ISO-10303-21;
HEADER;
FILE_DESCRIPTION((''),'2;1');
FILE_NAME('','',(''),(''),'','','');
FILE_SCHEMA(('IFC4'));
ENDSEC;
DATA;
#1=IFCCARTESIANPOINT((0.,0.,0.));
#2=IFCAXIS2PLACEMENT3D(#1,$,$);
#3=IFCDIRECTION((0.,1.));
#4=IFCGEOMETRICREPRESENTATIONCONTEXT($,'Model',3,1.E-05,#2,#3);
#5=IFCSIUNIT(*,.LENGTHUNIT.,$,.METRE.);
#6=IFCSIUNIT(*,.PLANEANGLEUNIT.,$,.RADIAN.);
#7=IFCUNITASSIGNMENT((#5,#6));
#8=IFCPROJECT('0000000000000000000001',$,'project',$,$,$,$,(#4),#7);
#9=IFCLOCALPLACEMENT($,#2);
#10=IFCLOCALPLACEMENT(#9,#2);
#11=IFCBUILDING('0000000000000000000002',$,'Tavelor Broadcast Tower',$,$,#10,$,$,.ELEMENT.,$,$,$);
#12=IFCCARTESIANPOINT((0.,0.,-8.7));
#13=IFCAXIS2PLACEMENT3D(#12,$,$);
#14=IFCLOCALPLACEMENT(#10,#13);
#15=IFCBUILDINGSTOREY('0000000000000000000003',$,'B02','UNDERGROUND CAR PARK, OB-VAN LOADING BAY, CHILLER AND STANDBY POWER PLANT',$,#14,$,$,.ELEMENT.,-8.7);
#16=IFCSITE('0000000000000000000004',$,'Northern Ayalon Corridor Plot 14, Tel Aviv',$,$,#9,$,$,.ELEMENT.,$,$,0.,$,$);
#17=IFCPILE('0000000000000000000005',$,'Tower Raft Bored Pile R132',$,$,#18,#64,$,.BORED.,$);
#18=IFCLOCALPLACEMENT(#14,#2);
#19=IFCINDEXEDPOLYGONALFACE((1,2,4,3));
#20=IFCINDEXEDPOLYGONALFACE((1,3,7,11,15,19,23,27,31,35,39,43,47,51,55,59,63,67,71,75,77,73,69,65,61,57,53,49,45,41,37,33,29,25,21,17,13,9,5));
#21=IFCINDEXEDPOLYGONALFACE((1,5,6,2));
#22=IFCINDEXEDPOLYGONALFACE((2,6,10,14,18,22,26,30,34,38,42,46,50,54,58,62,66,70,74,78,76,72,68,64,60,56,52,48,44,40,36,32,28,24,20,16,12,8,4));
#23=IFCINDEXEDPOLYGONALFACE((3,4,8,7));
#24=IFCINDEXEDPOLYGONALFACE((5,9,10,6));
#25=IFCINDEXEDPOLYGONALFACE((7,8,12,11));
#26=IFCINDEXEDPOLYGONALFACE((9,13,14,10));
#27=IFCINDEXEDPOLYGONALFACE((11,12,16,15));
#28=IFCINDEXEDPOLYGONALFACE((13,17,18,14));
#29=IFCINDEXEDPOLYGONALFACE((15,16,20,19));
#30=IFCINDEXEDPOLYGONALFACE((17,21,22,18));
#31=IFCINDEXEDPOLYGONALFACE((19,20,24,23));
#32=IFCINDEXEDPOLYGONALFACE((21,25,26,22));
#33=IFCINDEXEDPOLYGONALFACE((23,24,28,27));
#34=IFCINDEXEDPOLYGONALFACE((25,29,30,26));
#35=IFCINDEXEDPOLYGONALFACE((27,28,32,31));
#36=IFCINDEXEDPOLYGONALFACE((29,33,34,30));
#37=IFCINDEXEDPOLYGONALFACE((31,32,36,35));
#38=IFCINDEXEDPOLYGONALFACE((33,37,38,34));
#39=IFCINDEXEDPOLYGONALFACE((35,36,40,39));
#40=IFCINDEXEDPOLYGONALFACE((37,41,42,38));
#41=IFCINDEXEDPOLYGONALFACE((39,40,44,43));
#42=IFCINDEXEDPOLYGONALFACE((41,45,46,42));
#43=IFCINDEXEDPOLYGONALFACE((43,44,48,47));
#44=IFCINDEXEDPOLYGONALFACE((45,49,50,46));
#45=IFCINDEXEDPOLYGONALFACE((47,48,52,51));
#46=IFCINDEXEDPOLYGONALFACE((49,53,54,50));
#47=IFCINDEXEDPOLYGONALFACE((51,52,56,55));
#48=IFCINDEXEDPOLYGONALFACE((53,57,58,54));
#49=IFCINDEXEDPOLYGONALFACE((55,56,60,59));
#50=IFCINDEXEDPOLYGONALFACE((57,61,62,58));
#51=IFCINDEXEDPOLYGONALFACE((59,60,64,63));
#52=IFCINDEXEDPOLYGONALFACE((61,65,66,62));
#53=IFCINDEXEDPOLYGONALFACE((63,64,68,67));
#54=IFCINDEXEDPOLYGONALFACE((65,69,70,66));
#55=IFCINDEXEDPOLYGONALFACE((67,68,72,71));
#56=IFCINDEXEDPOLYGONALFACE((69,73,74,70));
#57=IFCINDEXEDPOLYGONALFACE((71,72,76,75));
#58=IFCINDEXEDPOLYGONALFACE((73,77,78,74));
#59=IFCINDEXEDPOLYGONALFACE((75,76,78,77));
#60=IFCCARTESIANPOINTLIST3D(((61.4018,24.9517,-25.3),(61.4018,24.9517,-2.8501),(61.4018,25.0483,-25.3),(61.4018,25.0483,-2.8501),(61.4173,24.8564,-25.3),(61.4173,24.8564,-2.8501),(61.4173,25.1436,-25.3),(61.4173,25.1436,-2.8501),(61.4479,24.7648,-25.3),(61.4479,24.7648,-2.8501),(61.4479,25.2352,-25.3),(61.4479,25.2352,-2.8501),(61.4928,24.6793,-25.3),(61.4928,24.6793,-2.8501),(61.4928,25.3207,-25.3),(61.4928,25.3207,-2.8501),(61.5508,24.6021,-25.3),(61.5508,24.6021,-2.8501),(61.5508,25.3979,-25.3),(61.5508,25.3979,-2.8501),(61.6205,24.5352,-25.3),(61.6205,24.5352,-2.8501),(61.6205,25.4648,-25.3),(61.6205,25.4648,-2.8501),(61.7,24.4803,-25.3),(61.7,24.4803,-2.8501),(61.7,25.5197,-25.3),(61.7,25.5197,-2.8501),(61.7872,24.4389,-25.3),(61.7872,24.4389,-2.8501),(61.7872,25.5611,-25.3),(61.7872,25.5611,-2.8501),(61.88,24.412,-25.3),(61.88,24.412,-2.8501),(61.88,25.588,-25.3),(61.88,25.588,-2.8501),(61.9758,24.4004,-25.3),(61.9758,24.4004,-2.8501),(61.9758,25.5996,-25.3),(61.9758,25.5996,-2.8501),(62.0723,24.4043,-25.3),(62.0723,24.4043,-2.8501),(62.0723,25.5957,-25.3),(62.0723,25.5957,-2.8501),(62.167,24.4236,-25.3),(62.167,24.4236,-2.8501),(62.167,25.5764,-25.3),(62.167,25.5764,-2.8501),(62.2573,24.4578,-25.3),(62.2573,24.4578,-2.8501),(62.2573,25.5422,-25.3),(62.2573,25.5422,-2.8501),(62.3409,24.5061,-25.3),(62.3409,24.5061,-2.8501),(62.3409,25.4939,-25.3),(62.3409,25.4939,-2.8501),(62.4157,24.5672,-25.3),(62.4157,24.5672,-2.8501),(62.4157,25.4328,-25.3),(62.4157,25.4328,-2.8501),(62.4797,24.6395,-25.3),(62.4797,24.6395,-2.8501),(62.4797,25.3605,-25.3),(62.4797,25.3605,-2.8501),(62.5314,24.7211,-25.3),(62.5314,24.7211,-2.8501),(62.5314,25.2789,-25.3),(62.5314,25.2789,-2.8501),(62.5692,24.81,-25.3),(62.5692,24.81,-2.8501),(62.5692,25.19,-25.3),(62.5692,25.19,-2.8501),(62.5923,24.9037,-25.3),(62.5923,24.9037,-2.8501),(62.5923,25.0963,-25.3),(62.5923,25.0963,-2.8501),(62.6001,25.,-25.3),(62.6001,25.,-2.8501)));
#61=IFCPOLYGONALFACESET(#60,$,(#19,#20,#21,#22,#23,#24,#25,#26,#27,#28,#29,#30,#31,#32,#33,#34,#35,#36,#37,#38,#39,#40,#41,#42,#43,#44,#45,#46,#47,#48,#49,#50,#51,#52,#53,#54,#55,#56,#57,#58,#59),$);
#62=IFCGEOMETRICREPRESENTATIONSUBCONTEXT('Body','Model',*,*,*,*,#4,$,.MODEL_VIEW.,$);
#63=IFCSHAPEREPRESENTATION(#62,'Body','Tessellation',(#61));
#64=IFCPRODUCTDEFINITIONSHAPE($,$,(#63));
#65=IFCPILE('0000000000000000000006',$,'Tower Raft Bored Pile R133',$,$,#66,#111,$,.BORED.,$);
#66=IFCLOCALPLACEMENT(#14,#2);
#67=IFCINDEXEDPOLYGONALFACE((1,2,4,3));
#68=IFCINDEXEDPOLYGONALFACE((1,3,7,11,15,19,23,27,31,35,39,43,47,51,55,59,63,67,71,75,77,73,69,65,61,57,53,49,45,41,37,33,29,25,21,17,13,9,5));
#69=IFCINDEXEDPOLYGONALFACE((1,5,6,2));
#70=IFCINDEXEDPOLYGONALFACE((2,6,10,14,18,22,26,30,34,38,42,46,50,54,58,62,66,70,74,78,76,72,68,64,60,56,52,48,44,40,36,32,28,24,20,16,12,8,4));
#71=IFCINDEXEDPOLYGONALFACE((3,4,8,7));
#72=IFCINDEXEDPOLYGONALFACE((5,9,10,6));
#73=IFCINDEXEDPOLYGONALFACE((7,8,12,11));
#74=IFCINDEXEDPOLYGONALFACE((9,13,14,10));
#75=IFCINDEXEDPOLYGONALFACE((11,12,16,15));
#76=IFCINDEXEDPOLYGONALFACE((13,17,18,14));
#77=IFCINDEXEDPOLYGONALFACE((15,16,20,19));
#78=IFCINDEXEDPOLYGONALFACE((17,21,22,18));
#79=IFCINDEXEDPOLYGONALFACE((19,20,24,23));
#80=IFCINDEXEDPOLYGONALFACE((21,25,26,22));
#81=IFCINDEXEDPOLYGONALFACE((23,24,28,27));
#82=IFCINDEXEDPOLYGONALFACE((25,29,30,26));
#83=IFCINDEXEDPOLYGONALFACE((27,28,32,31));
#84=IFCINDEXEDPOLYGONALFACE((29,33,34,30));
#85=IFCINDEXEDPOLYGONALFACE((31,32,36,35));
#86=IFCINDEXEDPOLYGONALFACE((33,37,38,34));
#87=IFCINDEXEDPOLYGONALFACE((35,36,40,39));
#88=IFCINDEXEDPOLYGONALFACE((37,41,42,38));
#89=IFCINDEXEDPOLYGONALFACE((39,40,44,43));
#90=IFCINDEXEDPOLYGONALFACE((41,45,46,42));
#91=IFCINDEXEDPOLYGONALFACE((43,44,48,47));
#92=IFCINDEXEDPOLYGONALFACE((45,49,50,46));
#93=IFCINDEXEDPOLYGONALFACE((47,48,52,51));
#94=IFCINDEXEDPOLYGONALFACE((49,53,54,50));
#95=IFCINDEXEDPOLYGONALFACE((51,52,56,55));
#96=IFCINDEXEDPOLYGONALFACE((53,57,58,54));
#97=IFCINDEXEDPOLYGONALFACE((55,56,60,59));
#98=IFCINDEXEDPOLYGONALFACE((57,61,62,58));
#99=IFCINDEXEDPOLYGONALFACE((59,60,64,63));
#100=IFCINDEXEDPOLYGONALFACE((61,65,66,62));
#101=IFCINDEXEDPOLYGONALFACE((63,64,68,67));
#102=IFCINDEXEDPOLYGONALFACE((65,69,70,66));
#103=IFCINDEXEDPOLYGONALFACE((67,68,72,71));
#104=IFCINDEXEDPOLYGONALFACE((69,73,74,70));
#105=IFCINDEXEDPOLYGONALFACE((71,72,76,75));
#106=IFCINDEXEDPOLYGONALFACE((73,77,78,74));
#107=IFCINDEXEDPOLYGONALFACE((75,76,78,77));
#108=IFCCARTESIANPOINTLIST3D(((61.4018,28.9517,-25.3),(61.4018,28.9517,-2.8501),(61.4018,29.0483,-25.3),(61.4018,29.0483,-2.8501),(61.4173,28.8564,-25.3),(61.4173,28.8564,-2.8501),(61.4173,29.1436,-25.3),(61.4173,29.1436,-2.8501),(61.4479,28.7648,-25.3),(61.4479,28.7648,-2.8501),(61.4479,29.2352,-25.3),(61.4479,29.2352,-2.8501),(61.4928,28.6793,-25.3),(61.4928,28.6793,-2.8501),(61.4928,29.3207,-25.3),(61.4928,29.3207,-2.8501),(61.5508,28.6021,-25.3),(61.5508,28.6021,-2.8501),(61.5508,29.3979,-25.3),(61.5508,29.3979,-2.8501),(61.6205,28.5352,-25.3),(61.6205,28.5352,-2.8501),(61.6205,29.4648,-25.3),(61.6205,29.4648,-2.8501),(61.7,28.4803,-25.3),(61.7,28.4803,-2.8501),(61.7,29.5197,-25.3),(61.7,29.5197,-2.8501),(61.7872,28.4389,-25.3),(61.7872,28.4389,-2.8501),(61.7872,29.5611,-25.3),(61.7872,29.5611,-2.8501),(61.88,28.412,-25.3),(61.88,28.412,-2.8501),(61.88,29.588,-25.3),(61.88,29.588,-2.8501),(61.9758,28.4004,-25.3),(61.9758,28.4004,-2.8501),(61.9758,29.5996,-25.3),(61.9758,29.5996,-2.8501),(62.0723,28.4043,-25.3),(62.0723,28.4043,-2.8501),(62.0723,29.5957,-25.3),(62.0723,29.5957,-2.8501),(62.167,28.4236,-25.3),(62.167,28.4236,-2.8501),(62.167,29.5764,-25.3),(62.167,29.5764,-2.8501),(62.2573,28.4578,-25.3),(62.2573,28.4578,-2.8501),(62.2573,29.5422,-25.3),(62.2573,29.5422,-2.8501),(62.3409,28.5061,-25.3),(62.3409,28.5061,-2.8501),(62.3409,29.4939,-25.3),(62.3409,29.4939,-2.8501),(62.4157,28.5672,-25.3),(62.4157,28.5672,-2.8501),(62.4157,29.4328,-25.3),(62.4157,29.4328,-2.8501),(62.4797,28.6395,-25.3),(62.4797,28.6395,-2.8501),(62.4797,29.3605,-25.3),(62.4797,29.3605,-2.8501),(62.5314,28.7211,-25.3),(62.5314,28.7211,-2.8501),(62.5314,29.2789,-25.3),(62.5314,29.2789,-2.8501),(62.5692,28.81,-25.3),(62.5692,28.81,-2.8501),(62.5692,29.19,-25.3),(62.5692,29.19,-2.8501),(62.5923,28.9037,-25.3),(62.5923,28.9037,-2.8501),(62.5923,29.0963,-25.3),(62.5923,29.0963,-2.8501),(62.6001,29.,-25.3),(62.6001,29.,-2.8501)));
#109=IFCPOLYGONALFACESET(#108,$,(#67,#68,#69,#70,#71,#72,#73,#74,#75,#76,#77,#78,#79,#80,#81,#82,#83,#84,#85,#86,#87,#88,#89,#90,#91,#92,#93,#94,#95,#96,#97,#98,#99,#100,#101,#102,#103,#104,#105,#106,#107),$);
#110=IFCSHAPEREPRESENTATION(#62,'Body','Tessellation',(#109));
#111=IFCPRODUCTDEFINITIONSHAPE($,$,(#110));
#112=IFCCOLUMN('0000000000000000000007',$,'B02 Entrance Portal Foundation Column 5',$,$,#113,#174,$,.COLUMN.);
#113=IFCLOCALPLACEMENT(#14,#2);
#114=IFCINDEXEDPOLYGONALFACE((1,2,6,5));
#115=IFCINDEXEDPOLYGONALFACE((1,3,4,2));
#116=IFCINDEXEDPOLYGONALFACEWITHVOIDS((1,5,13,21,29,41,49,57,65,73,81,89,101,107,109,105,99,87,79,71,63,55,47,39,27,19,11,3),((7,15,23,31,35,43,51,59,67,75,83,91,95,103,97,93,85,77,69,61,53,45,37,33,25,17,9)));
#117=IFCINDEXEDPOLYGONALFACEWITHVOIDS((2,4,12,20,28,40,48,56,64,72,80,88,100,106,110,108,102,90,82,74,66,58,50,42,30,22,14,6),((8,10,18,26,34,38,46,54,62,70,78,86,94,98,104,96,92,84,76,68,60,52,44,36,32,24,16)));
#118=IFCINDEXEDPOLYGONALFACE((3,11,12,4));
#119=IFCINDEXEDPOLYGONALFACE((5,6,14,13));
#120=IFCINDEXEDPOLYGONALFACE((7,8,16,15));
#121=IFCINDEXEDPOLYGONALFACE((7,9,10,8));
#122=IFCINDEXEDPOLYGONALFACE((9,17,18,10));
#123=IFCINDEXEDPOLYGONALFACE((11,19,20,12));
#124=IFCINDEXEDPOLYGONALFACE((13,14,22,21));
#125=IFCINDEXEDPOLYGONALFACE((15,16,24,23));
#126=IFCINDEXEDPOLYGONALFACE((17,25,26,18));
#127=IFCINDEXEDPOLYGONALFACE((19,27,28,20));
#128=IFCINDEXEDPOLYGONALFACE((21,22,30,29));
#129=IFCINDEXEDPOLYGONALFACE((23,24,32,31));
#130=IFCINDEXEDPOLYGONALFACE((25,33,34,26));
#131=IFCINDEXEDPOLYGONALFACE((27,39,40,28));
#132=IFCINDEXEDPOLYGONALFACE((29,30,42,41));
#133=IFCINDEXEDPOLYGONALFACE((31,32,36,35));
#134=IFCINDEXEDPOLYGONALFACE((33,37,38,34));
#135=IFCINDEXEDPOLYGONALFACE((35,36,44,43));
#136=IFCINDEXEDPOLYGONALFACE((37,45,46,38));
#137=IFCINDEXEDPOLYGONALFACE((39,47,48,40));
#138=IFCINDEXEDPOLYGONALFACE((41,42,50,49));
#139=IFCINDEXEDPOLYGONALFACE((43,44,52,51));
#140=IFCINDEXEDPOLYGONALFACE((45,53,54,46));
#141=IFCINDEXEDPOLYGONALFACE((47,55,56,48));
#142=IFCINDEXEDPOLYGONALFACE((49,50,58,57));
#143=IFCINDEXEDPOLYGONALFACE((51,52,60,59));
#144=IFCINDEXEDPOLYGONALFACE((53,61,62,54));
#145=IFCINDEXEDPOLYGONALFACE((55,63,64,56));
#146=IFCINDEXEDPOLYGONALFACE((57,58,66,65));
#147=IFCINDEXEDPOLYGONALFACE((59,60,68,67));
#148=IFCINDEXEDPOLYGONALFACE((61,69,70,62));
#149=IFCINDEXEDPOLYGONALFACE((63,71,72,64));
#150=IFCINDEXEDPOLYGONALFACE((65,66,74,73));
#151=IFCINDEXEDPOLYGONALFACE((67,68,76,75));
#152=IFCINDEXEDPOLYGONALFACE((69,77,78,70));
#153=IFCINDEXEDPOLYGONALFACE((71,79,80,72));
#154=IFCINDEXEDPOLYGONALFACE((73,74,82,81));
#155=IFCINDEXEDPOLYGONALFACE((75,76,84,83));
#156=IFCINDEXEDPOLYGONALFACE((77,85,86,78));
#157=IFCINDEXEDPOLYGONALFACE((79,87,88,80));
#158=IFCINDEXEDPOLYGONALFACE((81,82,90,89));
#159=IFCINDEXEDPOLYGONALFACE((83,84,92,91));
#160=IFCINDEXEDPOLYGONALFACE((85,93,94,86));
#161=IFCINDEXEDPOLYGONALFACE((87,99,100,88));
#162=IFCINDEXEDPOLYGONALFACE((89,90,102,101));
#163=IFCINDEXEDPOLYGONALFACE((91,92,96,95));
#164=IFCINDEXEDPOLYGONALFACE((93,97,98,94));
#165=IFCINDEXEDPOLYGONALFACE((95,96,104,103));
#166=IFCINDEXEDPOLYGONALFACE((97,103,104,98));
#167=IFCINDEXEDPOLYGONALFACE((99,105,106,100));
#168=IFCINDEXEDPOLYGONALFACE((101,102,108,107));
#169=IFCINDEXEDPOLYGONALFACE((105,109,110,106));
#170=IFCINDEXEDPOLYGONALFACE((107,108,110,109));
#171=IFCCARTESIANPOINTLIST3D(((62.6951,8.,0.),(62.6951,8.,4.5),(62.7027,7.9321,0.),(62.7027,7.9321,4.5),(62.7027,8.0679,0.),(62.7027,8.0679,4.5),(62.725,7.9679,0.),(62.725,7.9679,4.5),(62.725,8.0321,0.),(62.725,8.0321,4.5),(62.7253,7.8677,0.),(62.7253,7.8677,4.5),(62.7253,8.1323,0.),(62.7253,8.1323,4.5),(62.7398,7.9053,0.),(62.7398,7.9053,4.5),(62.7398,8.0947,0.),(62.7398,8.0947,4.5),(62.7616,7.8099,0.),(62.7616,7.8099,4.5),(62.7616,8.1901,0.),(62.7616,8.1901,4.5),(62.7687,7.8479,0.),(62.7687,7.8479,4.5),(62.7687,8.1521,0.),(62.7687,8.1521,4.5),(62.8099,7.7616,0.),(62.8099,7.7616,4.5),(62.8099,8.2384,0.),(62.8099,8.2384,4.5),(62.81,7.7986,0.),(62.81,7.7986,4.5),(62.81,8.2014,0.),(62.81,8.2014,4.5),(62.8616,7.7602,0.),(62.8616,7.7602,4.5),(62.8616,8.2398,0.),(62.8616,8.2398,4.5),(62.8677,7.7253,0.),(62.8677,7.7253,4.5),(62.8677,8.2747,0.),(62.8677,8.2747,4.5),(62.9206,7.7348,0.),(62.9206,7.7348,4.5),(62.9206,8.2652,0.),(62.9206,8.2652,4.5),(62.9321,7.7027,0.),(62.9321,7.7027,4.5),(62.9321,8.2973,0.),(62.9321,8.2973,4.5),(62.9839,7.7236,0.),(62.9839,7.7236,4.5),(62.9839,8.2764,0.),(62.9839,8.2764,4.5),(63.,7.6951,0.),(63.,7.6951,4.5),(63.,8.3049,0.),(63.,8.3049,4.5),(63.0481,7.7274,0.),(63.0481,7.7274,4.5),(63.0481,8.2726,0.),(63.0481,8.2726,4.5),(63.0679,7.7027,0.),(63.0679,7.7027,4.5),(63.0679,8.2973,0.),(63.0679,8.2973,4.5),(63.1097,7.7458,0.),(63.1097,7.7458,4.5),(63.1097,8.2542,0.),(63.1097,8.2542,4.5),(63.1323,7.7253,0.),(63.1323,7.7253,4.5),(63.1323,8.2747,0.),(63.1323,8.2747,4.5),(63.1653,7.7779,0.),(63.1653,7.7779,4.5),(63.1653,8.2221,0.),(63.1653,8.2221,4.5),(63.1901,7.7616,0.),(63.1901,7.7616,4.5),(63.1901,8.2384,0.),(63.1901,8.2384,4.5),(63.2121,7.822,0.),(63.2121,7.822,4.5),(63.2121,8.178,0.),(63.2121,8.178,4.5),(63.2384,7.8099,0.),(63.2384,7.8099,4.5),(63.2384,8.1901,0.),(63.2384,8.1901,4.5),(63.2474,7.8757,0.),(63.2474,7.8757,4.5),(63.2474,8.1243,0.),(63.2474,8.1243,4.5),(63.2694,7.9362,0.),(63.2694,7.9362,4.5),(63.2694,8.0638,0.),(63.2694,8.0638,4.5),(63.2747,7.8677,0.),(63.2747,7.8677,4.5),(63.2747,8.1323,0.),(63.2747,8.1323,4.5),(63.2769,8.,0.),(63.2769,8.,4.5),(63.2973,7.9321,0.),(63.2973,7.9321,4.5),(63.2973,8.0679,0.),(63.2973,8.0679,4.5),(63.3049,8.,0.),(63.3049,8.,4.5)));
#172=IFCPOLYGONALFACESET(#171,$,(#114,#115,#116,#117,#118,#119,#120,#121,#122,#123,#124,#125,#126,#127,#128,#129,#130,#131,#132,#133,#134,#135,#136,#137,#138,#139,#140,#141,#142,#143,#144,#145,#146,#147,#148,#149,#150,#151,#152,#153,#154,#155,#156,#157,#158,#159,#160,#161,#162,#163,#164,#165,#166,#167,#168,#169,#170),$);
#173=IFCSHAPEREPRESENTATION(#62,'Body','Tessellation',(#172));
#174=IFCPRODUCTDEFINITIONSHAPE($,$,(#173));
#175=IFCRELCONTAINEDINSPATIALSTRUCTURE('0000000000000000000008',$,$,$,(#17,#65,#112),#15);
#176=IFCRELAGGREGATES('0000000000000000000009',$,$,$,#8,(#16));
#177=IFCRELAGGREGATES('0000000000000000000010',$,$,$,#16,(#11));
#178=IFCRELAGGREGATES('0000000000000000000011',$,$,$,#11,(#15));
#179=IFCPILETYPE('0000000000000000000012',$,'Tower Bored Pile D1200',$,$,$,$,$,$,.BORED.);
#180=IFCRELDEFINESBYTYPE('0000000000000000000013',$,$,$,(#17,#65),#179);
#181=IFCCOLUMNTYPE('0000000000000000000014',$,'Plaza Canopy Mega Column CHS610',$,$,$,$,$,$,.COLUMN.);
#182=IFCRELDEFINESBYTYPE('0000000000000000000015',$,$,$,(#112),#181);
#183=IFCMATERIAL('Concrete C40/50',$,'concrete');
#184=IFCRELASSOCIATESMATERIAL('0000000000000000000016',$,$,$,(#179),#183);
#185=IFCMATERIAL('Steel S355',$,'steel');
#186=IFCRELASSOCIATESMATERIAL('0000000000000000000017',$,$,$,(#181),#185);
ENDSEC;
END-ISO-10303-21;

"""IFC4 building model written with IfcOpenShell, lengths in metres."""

from ifc_helpers import new_model, si_unit, direction, frame, origin, origin_2d, place, context, subcontext, project, spatial, circle, hollow_circle, extrude, material, material_profile, profile_set, type_object, element, save


model = new_model("IFC4")

# Units and contexts
model_context = context("Model", 3, precision=1e-05, world=origin(), true_north=direction((0.0, 1.0)))
body_context = subcontext(model_context, "Body", "Model", "MODEL_VIEW")
ifc_project = project(units=[si_unit("LENGTHUNIT", "METRE"), si_unit("PLANEANGLEUNIT", "RADIAN")], contexts=[model_context])

# Site, building, storey
site_placement = place(None, origin())
site = spatial("IfcSite", under=ifc_project, at=site_placement, Name="Northern Ayalon Corridor Plot 14, Tel Aviv", CompositionType="ELEMENT", RefElevation=0.0)
building_placement = place(site_placement, origin())
building = spatial("IfcBuilding", under=site, at=building_placement, Name="Tavelor Broadcast Tower", CompositionType="ELEMENT")
storey_placement = place(building_placement, frame((0.0, 0.0, -8.7)))
storey = spatial("IfcBuildingStorey", under=building, at=storey_placement, Name="B02", Description="UNDERGROUND CAR PARK, OB-VAN LOADING BAY, CHILLER AND STANDBY POWER PLANT", CompositionType="ELEMENT", Elevation=-8.7)

# Shared definitions
ifc_material_1 = material(Name="Concrete C40/50", Category="concrete")

# Piles
ifc_material_profile_1 = material_profile(ifc_material_1, circle(Radius=0.6001, at=origin_2d()), Name="PILE D1200")
ifc_profile_set_1 = profile_set([ifc_material_profile_1], Name="Concrete C40/50")
pile_type_1 = type_object("IfcPileType", Name="Tower Bored Pile D1200", PredefinedType="BORED", material=ifc_profile_set_1)
for number, where, z_axis, x_axis, name in (
    (1, (62.0, 25.0, -2.8501), (0.0, 0.0, -1.0), (1.0, 0.0, 0.0), "Tower Raft Bored Pile R132"),
    (2, (62.0, 29.0, -2.8501), (0.0, 0.0, -1.0), (1.0, 0.0, 0.0), "Tower Raft Bored Pile R133"),
):
    element("IfcPile", number, at=place(storey_placement, frame(where, z_axis=z_axis, x_axis=x_axis)), inside=storey, type_object=pile_type_1, Name=name, PredefinedType="BORED", context=body_context, shape_type="SweptSolid", body=[
        extrude(circle(Radius=0.6001, at=origin_2d()), origin(), (0.0, 0.0, 1.0), 22.45),
    ])

# Column
ifc_material_2 = material(Name="Steel S355", Category="steel")
ifc_material_profile_2 = material_profile(ifc_material_2, hollow_circle(Radius=0.3049, WallThickness=0.0281, at=origin_2d()), Name="CHS 610x28")
ifc_profile_set_2 = profile_set([ifc_material_profile_2], Name="Steel S355")
column_type_1 = type_object("IfcColumnType", Name="Plaza Canopy Mega Column CHS610", PredefinedType="COLUMN", material=ifc_profile_set_2)
column_1_placement = place(storey_placement, frame((63.0, 8.0, 0.0), z_axis=(0.0, 0.0, 1.0), x_axis=(1.0, 0.0, 0.0)))
element("IfcColumn", 3, at=column_1_placement, inside=storey, type_object=column_type_1, Name="B02 Entrance Portal Foundation Column 5", PredefinedType="COLUMN", context=body_context, shape_type="SweptSolid", body=[
    extrude(hollow_circle(Radius=0.3049, WallThickness=0.0281, at=origin_2d()), origin(), (0.0, 0.0, 1.0), 4.5),
])

save(model, "model.ifc")
